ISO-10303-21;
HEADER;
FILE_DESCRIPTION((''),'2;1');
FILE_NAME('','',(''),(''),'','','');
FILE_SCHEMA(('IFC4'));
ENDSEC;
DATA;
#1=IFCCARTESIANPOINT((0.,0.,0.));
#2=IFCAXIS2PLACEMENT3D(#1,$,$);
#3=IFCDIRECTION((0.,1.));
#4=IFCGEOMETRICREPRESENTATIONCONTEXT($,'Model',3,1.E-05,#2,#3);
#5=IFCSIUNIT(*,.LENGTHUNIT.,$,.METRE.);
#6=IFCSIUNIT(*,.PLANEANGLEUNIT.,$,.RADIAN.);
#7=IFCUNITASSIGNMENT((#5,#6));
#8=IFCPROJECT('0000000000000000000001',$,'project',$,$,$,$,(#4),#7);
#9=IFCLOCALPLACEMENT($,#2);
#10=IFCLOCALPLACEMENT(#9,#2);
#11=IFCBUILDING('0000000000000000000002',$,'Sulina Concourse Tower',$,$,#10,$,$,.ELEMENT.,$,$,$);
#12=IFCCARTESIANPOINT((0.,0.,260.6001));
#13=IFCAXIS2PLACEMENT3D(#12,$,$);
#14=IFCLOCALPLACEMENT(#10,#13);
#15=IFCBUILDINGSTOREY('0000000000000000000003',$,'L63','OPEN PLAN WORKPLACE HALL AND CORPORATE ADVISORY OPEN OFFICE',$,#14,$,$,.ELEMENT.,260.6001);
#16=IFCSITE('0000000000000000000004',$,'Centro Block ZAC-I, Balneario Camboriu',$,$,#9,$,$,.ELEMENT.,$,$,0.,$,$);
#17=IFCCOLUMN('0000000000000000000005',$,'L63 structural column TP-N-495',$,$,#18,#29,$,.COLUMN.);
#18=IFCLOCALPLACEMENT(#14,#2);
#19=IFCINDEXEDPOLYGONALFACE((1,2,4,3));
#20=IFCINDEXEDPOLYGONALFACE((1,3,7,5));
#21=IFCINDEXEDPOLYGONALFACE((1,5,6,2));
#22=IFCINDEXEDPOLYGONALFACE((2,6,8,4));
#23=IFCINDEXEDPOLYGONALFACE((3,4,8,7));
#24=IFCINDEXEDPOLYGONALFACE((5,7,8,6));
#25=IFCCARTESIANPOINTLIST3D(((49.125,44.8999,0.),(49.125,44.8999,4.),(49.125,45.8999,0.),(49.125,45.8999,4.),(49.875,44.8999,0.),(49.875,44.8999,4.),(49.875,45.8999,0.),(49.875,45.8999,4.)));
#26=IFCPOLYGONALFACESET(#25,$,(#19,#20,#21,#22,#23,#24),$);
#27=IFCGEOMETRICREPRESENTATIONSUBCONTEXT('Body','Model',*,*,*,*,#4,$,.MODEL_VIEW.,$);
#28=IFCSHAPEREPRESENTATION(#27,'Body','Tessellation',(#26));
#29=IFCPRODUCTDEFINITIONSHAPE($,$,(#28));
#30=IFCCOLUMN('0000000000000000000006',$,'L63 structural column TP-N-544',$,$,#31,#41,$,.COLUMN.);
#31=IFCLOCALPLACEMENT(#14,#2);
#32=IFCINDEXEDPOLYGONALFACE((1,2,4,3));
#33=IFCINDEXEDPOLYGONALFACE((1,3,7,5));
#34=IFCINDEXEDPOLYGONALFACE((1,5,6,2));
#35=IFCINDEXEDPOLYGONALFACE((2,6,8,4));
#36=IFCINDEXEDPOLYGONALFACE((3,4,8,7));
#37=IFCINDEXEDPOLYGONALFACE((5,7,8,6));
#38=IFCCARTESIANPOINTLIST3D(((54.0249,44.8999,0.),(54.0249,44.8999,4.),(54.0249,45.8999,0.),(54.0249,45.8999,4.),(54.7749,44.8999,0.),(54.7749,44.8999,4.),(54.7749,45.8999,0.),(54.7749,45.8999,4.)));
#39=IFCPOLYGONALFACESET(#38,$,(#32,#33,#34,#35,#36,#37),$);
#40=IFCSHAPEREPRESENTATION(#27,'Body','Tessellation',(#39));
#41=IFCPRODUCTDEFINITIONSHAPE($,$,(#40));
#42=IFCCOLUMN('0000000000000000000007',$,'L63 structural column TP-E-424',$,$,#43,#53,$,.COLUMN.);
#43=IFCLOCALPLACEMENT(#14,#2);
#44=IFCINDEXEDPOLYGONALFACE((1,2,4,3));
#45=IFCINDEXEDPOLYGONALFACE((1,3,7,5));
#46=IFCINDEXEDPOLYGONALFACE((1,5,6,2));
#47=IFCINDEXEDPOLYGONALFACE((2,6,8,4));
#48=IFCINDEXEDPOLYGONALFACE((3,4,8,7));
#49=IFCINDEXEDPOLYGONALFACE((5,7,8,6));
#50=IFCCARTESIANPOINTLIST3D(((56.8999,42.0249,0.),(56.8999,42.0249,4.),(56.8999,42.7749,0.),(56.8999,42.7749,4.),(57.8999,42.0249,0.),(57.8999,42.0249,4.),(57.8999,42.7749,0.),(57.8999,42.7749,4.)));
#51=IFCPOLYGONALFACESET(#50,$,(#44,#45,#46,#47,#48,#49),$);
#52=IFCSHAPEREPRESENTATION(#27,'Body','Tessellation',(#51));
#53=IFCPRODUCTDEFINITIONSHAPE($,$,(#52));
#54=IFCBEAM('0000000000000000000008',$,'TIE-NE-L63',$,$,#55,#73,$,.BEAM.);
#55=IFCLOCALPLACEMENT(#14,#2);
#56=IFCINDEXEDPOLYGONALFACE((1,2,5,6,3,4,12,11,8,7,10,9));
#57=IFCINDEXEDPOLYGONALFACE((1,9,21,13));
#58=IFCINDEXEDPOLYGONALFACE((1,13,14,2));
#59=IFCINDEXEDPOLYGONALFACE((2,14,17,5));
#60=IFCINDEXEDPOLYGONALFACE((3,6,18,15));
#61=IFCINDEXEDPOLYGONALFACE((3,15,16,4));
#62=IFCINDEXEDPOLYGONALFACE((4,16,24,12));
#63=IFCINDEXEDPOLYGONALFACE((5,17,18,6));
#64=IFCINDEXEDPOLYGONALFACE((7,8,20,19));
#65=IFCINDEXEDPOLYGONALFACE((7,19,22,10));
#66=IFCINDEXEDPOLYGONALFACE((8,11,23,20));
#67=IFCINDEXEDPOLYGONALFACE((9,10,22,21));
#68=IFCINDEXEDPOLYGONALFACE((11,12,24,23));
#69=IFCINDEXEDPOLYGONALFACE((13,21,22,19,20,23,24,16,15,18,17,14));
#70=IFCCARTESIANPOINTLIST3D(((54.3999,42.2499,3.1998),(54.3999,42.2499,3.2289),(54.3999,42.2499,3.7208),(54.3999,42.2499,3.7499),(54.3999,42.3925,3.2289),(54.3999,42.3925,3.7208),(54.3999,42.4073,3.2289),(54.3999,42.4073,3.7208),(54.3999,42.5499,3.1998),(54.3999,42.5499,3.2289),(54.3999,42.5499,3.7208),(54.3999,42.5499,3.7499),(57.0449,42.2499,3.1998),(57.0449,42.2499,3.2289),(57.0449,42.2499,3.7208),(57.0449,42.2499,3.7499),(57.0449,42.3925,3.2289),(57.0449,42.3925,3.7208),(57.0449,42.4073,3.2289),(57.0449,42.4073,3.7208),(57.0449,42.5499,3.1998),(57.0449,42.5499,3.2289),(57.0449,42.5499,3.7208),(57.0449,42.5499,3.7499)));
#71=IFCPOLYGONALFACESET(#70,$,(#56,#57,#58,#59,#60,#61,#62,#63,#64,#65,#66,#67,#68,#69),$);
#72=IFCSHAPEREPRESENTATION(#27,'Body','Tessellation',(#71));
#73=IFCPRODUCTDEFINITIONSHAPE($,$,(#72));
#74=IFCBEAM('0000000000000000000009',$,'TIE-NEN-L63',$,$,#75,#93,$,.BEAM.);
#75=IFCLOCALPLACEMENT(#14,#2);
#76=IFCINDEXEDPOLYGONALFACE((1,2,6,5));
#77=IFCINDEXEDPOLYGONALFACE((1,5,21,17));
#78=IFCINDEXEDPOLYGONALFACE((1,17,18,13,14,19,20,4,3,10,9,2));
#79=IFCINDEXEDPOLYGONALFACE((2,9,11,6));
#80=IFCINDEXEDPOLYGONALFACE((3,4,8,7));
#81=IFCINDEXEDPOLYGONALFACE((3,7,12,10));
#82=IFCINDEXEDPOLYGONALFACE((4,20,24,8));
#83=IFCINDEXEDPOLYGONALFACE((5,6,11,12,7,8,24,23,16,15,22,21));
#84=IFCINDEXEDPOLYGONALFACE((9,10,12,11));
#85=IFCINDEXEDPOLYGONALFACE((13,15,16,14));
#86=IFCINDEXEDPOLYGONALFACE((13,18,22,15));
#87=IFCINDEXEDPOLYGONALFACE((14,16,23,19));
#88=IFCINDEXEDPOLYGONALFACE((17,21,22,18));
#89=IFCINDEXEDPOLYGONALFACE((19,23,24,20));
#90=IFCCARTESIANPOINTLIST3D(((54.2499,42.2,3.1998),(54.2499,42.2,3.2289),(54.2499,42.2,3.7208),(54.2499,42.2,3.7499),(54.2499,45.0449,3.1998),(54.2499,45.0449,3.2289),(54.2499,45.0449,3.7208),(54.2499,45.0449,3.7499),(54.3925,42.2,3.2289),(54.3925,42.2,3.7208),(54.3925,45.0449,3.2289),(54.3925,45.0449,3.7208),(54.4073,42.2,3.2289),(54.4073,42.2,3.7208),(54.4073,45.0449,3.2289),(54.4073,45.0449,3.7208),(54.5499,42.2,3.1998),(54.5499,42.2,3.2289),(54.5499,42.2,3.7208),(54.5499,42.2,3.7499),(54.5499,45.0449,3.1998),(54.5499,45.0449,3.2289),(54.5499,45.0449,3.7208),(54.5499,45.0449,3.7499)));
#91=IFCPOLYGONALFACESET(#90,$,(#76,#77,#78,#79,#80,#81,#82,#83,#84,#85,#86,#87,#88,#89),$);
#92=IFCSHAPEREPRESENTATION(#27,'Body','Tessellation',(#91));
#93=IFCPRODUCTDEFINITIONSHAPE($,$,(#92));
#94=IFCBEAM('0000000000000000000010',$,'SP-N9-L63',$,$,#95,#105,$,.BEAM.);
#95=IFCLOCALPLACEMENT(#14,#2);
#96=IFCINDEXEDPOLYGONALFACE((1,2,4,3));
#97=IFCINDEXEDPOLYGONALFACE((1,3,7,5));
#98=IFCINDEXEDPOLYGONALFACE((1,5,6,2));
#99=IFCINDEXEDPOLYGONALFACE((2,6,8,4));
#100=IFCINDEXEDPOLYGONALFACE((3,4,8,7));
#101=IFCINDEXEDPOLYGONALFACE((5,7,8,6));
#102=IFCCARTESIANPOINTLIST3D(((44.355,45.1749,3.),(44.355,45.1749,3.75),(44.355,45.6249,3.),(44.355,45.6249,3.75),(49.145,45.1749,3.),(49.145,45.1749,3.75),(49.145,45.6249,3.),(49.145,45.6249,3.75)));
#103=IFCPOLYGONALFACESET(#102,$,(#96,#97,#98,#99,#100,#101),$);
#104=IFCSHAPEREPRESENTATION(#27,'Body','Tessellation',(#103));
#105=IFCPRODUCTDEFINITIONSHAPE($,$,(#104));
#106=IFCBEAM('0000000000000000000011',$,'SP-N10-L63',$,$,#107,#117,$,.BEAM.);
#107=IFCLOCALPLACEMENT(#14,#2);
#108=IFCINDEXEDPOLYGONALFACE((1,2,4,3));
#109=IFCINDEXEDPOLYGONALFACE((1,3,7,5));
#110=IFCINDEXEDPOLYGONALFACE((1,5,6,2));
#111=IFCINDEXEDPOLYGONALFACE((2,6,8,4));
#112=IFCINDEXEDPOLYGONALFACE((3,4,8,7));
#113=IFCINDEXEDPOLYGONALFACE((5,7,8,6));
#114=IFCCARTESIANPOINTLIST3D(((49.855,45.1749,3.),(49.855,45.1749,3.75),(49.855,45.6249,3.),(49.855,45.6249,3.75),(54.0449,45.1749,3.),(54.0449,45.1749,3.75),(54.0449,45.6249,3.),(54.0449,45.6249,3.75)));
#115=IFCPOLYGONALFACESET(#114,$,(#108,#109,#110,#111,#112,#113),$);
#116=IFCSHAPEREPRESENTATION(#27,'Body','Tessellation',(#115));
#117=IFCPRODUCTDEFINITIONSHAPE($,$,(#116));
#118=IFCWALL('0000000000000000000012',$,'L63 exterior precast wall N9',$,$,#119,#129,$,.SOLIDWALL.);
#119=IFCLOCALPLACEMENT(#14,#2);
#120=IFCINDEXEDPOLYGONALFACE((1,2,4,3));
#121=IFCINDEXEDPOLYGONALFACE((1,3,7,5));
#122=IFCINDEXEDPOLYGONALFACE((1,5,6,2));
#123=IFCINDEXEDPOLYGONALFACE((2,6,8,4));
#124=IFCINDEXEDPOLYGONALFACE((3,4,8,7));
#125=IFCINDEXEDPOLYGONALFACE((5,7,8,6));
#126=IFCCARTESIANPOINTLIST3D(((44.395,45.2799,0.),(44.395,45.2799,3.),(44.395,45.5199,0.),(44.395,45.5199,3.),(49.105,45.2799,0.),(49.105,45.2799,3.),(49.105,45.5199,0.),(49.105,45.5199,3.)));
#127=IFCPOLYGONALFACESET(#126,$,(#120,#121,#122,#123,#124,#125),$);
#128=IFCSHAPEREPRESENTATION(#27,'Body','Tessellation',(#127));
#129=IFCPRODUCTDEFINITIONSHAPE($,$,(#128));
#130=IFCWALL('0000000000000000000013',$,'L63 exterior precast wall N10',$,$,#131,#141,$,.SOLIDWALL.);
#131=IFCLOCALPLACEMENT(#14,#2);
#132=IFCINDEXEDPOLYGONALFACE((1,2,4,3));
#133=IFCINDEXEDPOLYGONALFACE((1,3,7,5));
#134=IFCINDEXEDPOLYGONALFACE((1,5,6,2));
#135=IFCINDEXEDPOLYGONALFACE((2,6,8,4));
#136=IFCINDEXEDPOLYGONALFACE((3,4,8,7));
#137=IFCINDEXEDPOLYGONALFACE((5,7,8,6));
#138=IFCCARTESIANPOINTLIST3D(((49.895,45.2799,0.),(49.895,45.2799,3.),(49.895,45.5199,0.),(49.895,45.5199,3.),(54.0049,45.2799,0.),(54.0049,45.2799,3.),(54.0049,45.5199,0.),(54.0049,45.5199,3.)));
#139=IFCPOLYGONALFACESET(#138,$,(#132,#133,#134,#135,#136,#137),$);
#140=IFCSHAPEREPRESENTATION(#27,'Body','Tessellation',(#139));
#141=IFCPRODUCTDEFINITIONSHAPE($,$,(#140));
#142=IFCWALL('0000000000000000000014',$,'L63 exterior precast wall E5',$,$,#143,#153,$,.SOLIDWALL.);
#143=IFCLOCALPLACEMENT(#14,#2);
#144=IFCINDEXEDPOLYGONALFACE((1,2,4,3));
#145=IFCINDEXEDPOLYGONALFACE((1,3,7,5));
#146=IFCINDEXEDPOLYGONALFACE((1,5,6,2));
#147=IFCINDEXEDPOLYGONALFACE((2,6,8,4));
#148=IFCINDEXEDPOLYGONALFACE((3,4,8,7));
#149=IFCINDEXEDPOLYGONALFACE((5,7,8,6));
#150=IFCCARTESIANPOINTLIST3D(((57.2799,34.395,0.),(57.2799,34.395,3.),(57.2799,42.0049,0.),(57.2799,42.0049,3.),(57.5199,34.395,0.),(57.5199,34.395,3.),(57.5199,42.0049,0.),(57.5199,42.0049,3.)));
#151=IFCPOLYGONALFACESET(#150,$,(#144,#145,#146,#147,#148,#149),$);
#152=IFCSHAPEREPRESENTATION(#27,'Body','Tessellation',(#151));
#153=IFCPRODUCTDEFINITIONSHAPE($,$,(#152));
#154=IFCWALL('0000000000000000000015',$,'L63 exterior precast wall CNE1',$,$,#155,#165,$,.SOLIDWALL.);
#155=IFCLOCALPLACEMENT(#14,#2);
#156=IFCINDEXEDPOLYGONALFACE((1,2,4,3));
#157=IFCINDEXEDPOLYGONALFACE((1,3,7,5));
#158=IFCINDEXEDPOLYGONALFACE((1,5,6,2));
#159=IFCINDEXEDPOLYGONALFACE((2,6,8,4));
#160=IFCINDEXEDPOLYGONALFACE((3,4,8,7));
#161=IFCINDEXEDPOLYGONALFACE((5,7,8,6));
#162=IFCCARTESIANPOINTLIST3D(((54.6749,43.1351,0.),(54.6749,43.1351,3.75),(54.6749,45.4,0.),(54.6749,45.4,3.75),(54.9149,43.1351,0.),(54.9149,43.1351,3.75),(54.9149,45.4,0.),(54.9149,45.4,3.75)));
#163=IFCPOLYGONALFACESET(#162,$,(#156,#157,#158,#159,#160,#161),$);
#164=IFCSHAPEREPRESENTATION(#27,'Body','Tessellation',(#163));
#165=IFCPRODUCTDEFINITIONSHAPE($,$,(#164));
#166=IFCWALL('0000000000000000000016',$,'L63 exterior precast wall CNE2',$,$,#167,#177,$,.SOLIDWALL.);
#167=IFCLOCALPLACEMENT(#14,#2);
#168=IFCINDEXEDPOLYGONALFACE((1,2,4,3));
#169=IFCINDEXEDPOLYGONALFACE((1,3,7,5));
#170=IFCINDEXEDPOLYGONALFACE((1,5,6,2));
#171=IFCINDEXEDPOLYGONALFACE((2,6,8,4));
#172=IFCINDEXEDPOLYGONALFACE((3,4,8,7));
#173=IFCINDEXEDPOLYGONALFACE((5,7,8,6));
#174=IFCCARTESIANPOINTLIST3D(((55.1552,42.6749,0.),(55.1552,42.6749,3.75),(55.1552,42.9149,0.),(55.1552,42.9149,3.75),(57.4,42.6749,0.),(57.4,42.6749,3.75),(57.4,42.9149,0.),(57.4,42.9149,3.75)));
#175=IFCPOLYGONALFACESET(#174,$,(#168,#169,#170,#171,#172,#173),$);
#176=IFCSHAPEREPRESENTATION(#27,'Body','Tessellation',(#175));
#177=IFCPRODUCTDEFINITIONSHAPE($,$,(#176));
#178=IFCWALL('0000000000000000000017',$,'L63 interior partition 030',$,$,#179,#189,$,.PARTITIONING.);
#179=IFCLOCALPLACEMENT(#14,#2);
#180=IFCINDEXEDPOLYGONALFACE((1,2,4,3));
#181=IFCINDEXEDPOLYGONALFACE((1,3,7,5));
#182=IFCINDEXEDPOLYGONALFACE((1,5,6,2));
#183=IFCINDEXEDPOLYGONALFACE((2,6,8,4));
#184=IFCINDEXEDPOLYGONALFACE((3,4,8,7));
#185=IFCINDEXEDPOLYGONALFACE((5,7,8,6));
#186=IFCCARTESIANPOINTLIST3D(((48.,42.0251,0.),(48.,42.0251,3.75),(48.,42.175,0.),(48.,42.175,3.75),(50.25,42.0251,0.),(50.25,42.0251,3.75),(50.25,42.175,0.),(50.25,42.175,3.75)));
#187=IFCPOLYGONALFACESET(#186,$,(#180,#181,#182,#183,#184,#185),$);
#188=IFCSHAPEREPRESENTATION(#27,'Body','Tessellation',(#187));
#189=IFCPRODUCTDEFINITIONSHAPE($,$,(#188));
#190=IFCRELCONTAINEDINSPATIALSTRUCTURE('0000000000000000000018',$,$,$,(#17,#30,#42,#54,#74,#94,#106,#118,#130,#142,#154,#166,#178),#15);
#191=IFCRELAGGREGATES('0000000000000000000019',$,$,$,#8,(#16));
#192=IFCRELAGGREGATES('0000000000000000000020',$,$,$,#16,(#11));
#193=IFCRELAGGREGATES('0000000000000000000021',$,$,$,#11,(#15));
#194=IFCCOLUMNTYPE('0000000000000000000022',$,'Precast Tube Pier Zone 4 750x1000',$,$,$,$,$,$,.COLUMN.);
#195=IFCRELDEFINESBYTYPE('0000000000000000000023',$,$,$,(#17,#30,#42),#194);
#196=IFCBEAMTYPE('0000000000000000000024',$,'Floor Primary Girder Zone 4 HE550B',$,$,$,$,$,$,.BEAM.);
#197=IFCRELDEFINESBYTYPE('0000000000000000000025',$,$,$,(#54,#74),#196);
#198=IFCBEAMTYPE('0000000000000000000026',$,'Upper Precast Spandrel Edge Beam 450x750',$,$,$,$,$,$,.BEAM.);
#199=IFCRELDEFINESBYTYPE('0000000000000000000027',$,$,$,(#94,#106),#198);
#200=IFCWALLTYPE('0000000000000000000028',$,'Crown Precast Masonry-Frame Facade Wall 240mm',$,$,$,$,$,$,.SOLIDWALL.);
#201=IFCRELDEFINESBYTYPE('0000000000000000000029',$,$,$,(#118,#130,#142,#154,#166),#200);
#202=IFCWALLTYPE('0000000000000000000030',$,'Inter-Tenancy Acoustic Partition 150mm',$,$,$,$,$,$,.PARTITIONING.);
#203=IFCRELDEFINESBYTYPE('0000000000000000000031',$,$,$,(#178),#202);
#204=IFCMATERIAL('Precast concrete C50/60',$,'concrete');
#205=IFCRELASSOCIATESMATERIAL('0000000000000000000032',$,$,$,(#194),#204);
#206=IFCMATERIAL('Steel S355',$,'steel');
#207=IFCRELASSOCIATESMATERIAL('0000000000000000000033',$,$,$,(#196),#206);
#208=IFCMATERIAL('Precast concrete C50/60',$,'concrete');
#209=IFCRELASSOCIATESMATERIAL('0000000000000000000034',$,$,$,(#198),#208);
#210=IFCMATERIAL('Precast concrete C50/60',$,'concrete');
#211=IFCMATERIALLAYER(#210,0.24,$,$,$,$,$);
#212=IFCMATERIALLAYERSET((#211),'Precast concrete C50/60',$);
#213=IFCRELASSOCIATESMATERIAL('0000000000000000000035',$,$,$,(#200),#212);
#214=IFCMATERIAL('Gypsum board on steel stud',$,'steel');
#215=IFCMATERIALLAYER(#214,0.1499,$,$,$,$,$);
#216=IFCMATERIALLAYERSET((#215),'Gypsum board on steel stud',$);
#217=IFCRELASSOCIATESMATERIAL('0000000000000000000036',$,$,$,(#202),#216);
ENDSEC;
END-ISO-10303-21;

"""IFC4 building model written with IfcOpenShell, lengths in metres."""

from ifc_helpers import new_model, si_unit, direction, frame, frame_2d, origin, origin_2d, place, context, subcontext, project, spatial, rectangle, i_section, extrude, material, layer, layer_set, material_profile, profile_set, type_object, element, save


model = new_model("IFC4")

# Units and contexts
model_context = context("Model", 3, precision=1e-05, world=origin(), true_north=direction((0.0, 1.0)))
body_context = subcontext(model_context, "Body", "Model", "MODEL_VIEW")
ifc_project = project(units=[si_unit("LENGTHUNIT", "METRE"), si_unit("PLANEANGLEUNIT", "RADIAN")], contexts=[model_context])

# Site, building, storey
site_placement = place(None, origin())
site = spatial("IfcSite", under=ifc_project, at=site_placement, Name="Centro Block ZAC-I, Balneario Camboriu", CompositionType="ELEMENT", RefElevation=0.0)
building_placement = place(site_placement, origin())
building = spatial("IfcBuilding", under=site, at=building_placement, Name="Sulina Concourse Tower", CompositionType="ELEMENT")
storey_placement = place(building_placement, frame((0.0, 0.0, 260.6001)))
storey = spatial("IfcBuildingStorey", under=building, at=storey_placement, Name="L63", Description="OPEN PLAN WORKPLACE HALL AND CORPORATE ADVISORY OPEN OFFICE", CompositionType="ELEMENT", Elevation=260.6001)

# Columns
ifc_material_1 = material(Name="Precast concrete C50/60", Category="concrete")
ifc_material_profile_1 = material_profile(ifc_material_1, rectangle(XDim=0.75, YDim=1.0, at=origin_2d()), Name="PC 750x1000")
ifc_profile_set_1 = profile_set([ifc_material_profile_1], Name="Precast concrete C50/60")
column_type = type_object("IfcColumnType", Name="Precast Tube Pier Zone 4 750x1000", PredefinedType="COLUMN", material=ifc_profile_set_1)
for number, where, z_axis, x_axis, name in (
    (1, (49.5, 45.3999, 0.0), (0.0, 0.0, 1.0), (1.0, 0.0, 0.0), "L63 structural column TP-N-495"),
    (2, (54.3999, 45.3999, 0.0), (0.0, 0.0, 1.0), (1.0, 0.0, 0.0), "L63 structural column TP-N-544"),
    (3, (57.3999, 42.3999, 0.0), (0.0, 0.0, 1.0), (0.0, 1.0, 0.0), "L63 structural column TP-E-424"),
):
    element("IfcColumn", number, at=place(storey_placement, frame(where, z_axis=z_axis, x_axis=x_axis)), inside=storey, type_object=column_type, Name=name, PredefinedType="COLUMN", context=body_context, shape_type="SweptSolid", body=[
        extrude(rectangle(XDim=0.75, YDim=1.0, at=origin_2d()), origin(), (0.0, 0.0, 1.0), 4.0),
    ])

# Beams
ifc_material_2 = material(Name="Steel S355", Category="steel")
ifc_material_profile_2 = material_profile(ifc_material_2, i_section(OverallWidth=0.3, OverallDepth=0.55, WebThickness=0.0149, FlangeThickness=0.0291, at=origin_2d()), Name="HE 550 B")
ifc_profile_set_2 = profile_set([ifc_material_profile_2], Name="Steel S355")
beam_type_1 = type_object("IfcBeamType", Name="Floor Primary Girder Zone 4 HE550B", PredefinedType="BEAM", material=ifc_profile_set_2)
beam_1_placement = place(storey_placement, frame((54.3999, 42.3999, 3.4749), z_axis=(1.0, 0.0, 0.0), x_axis=(0.0, 1.0, 0.0)))
element("IfcBeam", 4, at=beam_1_placement, inside=storey, type_object=beam_type_1, Name="TIE-NE-L63", PredefinedType="BEAM", context=body_context, shape_type="SweptSolid", body=[
    extrude(i_section(OverallWidth=0.3, OverallDepth=0.55, WebThickness=0.0149, FlangeThickness=0.0291, at=origin_2d()), origin(), (0.0, 0.0, 1.0), 2.645),
])
beam_2_placement = place(storey_placement, frame((54.3999, 42.2, 3.4749), z_axis=(0.0, 1.0, 0.0), x_axis=(-1.0, 0.0, 0.0)))
element("IfcBeam", 5, at=beam_2_placement, inside=storey, type_object=beam_type_1, Name="TIE-NEN-L63", PredefinedType="BEAM", context=body_context, shape_type="SweptSolid", body=[
    extrude(i_section(OverallWidth=0.3, OverallDepth=0.55, WebThickness=0.0149, FlangeThickness=0.0291, at=origin_2d()), origin(), (0.0, 0.0, 1.0), 2.845),
])
ifc_material_3 = material(Name="Precast concrete C50/60", Category="concrete")
ifc_material_profile_3 = material_profile(ifc_material_3, rectangle(XDim=0.45, YDim=0.75, at=origin_2d()), Name="RC 450x750")
ifc_profile_set_3 = profile_set([ifc_material_profile_3], Name="Precast concrete C50/60")
beam_type_2 = type_object("IfcBeamType", Name="Upper Precast Spandrel Edge Beam 450x750", PredefinedType="BEAM", material=ifc_profile_set_3)
beam_3_placement = place(storey_placement, frame((44.355, 45.3999, 3.375), z_axis=(1.0, 0.0, 0.0), x_axis=(0.0, 1.0, 0.0)))
element("IfcBeam", 6, at=beam_3_placement, inside=storey, type_object=beam_type_2, Name="SP-N9-L63", PredefinedType="BEAM", context=body_context, shape_type="SweptSolid", body=[
    extrude(rectangle(XDim=0.45, YDim=0.75, at=origin_2d()), origin(), (0.0, 0.0, 1.0), 4.79),
])
beam_4_placement = place(storey_placement, frame((49.855, 45.3999, 3.375), z_axis=(1.0, 0.0, 0.0), x_axis=(0.0, 1.0, 0.0)))
element("IfcBeam", 7, at=beam_4_placement, inside=storey, type_object=beam_type_2, Name="SP-N10-L63", PredefinedType="BEAM", context=body_context, shape_type="SweptSolid", body=[
    extrude(rectangle(XDim=0.45, YDim=0.75, at=origin_2d()), origin(), (0.0, 0.0, 1.0), 4.1899),
])

# Walls
ifc_material_4 = material(Name="Precast concrete C50/60", Category="concrete")
ifc_layer_1 = layer(ifc_material_4, 0.24)
ifc_layer_set_1 = layer_set([ifc_layer_1], Name="Precast concrete C50/60")
wall_type_1 = type_object("IfcWallType", Name="Crown Precast Masonry-Frame Facade Wall 240mm", PredefinedType="SOLIDWALL", material=ifc_layer_set_1)
wall_1_placement = place(storey_placement, frame((44.395, 45.3999, 0.0), z_axis=(0.0, 0.0, 1.0), x_axis=(1.0, 0.0, 0.0)))
element("IfcWall", 8, at=wall_1_placement, inside=storey, type_object=wall_type_1, Name="L63 exterior precast wall N9", PredefinedType="SOLIDWALL", context=body_context, shape_type="SweptSolid", body=[
    extrude(rectangle(XDim=4.71, YDim=0.24, at=frame_2d((2.355, 0.0))), origin(), (0.0, 0.0, 1.0), 3.0),
])
wall_2_placement = place(storey_placement, frame((49.895, 45.3999, 0.0), z_axis=(0.0, 0.0, 1.0), x_axis=(1.0, 0.0, 0.0)))
element("IfcWall", 9, at=wall_2_placement, inside=storey, type_object=wall_type_1, Name="L63 exterior precast wall N10", PredefinedType="SOLIDWALL", context=body_context, shape_type="SweptSolid", body=[
    extrude(rectangle(XDim=4.1099, YDim=0.24, at=frame_2d((2.0549, 0.0))), origin(), (0.0, 0.0, 1.0), 3.0),
])
wall_3_placement = place(storey_placement, frame((57.3999, 42.0049, 0.0), z_axis=(0.0, 0.0, 1.0), x_axis=(0.0, -1.0, 0.0)))
element("IfcWall", 10, at=wall_3_placement, inside=storey, type_object=wall_type_1, Name="L63 exterior precast wall E5", PredefinedType="SOLIDWALL", context=body_context, shape_type="SweptSolid", body=[
    extrude(rectangle(XDim=7.6099, YDim=0.24, at=frame_2d((3.8049, 0.0))), origin(), (0.0, 0.0, 1.0), 3.0),
])
wall_4_placement = place(storey_placement, frame((54.7949, 45.3999, 0.0), z_axis=(0.0, 0.0, 1.0), x_axis=(0.0, -1.0, 0.0)))
element("IfcWall", 11, at=wall_4_placement, inside=storey, type_object=wall_type_1, Name="L63 exterior precast wall CNE1", PredefinedType="SOLIDWALL", context=body_context, shape_type="SweptSolid", body=[
    extrude(rectangle(XDim=2.2649, YDim=0.24, at=frame_2d((1.1323, 0.0))), origin(), (0.0, 0.0, 1.0), 3.75),
])
wall_5_placement = place(storey_placement, frame((55.155, 42.7949, 0.0), z_axis=(0.0, 0.0, 1.0), x_axis=(1.0, 0.0, 0.0)))
element("IfcWall", 12, at=wall_5_placement, inside=storey, type_object=wall_type_1, Name="L63 exterior precast wall CNE2", PredefinedType="SOLIDWALL", context=body_context, shape_type="SweptSolid", body=[
    extrude(rectangle(XDim=2.2449, YDim=0.24, at=frame_2d((1.1226, 0.0))), origin(), (0.0, 0.0, 1.0), 3.75),
])
ifc_material_5 = material(Name="Gypsum board on steel stud", Category="steel")
ifc_layer_2 = layer(ifc_material_5, 0.1499)
ifc_layer_set_2 = layer_set([ifc_layer_2], Name="Gypsum board on steel stud")
wall_type_2 = type_object("IfcWallType", Name="Inter-Tenancy Acoustic Partition 150mm", PredefinedType="PARTITIONING", material=ifc_layer_set_2)
wall_6_placement = place(storey_placement, frame((48.0, 42.1001, 0.0), z_axis=(0.0, 0.0, 1.0), x_axis=(1.0, 0.0, 0.0)))
element("IfcWall", 13, at=wall_6_placement, inside=storey, type_object=wall_type_2, Name="L63 interior partition 030", PredefinedType="PARTITIONING", context=body_context, shape_type="SweptSolid", body=[
    extrude(rectangle(XDim=2.25, YDim=0.1499, at=frame_2d((1.125, 0.0))), origin(), (0.0, 0.0, 1.0), 3.75),
])

save(model, "model.ifc")
